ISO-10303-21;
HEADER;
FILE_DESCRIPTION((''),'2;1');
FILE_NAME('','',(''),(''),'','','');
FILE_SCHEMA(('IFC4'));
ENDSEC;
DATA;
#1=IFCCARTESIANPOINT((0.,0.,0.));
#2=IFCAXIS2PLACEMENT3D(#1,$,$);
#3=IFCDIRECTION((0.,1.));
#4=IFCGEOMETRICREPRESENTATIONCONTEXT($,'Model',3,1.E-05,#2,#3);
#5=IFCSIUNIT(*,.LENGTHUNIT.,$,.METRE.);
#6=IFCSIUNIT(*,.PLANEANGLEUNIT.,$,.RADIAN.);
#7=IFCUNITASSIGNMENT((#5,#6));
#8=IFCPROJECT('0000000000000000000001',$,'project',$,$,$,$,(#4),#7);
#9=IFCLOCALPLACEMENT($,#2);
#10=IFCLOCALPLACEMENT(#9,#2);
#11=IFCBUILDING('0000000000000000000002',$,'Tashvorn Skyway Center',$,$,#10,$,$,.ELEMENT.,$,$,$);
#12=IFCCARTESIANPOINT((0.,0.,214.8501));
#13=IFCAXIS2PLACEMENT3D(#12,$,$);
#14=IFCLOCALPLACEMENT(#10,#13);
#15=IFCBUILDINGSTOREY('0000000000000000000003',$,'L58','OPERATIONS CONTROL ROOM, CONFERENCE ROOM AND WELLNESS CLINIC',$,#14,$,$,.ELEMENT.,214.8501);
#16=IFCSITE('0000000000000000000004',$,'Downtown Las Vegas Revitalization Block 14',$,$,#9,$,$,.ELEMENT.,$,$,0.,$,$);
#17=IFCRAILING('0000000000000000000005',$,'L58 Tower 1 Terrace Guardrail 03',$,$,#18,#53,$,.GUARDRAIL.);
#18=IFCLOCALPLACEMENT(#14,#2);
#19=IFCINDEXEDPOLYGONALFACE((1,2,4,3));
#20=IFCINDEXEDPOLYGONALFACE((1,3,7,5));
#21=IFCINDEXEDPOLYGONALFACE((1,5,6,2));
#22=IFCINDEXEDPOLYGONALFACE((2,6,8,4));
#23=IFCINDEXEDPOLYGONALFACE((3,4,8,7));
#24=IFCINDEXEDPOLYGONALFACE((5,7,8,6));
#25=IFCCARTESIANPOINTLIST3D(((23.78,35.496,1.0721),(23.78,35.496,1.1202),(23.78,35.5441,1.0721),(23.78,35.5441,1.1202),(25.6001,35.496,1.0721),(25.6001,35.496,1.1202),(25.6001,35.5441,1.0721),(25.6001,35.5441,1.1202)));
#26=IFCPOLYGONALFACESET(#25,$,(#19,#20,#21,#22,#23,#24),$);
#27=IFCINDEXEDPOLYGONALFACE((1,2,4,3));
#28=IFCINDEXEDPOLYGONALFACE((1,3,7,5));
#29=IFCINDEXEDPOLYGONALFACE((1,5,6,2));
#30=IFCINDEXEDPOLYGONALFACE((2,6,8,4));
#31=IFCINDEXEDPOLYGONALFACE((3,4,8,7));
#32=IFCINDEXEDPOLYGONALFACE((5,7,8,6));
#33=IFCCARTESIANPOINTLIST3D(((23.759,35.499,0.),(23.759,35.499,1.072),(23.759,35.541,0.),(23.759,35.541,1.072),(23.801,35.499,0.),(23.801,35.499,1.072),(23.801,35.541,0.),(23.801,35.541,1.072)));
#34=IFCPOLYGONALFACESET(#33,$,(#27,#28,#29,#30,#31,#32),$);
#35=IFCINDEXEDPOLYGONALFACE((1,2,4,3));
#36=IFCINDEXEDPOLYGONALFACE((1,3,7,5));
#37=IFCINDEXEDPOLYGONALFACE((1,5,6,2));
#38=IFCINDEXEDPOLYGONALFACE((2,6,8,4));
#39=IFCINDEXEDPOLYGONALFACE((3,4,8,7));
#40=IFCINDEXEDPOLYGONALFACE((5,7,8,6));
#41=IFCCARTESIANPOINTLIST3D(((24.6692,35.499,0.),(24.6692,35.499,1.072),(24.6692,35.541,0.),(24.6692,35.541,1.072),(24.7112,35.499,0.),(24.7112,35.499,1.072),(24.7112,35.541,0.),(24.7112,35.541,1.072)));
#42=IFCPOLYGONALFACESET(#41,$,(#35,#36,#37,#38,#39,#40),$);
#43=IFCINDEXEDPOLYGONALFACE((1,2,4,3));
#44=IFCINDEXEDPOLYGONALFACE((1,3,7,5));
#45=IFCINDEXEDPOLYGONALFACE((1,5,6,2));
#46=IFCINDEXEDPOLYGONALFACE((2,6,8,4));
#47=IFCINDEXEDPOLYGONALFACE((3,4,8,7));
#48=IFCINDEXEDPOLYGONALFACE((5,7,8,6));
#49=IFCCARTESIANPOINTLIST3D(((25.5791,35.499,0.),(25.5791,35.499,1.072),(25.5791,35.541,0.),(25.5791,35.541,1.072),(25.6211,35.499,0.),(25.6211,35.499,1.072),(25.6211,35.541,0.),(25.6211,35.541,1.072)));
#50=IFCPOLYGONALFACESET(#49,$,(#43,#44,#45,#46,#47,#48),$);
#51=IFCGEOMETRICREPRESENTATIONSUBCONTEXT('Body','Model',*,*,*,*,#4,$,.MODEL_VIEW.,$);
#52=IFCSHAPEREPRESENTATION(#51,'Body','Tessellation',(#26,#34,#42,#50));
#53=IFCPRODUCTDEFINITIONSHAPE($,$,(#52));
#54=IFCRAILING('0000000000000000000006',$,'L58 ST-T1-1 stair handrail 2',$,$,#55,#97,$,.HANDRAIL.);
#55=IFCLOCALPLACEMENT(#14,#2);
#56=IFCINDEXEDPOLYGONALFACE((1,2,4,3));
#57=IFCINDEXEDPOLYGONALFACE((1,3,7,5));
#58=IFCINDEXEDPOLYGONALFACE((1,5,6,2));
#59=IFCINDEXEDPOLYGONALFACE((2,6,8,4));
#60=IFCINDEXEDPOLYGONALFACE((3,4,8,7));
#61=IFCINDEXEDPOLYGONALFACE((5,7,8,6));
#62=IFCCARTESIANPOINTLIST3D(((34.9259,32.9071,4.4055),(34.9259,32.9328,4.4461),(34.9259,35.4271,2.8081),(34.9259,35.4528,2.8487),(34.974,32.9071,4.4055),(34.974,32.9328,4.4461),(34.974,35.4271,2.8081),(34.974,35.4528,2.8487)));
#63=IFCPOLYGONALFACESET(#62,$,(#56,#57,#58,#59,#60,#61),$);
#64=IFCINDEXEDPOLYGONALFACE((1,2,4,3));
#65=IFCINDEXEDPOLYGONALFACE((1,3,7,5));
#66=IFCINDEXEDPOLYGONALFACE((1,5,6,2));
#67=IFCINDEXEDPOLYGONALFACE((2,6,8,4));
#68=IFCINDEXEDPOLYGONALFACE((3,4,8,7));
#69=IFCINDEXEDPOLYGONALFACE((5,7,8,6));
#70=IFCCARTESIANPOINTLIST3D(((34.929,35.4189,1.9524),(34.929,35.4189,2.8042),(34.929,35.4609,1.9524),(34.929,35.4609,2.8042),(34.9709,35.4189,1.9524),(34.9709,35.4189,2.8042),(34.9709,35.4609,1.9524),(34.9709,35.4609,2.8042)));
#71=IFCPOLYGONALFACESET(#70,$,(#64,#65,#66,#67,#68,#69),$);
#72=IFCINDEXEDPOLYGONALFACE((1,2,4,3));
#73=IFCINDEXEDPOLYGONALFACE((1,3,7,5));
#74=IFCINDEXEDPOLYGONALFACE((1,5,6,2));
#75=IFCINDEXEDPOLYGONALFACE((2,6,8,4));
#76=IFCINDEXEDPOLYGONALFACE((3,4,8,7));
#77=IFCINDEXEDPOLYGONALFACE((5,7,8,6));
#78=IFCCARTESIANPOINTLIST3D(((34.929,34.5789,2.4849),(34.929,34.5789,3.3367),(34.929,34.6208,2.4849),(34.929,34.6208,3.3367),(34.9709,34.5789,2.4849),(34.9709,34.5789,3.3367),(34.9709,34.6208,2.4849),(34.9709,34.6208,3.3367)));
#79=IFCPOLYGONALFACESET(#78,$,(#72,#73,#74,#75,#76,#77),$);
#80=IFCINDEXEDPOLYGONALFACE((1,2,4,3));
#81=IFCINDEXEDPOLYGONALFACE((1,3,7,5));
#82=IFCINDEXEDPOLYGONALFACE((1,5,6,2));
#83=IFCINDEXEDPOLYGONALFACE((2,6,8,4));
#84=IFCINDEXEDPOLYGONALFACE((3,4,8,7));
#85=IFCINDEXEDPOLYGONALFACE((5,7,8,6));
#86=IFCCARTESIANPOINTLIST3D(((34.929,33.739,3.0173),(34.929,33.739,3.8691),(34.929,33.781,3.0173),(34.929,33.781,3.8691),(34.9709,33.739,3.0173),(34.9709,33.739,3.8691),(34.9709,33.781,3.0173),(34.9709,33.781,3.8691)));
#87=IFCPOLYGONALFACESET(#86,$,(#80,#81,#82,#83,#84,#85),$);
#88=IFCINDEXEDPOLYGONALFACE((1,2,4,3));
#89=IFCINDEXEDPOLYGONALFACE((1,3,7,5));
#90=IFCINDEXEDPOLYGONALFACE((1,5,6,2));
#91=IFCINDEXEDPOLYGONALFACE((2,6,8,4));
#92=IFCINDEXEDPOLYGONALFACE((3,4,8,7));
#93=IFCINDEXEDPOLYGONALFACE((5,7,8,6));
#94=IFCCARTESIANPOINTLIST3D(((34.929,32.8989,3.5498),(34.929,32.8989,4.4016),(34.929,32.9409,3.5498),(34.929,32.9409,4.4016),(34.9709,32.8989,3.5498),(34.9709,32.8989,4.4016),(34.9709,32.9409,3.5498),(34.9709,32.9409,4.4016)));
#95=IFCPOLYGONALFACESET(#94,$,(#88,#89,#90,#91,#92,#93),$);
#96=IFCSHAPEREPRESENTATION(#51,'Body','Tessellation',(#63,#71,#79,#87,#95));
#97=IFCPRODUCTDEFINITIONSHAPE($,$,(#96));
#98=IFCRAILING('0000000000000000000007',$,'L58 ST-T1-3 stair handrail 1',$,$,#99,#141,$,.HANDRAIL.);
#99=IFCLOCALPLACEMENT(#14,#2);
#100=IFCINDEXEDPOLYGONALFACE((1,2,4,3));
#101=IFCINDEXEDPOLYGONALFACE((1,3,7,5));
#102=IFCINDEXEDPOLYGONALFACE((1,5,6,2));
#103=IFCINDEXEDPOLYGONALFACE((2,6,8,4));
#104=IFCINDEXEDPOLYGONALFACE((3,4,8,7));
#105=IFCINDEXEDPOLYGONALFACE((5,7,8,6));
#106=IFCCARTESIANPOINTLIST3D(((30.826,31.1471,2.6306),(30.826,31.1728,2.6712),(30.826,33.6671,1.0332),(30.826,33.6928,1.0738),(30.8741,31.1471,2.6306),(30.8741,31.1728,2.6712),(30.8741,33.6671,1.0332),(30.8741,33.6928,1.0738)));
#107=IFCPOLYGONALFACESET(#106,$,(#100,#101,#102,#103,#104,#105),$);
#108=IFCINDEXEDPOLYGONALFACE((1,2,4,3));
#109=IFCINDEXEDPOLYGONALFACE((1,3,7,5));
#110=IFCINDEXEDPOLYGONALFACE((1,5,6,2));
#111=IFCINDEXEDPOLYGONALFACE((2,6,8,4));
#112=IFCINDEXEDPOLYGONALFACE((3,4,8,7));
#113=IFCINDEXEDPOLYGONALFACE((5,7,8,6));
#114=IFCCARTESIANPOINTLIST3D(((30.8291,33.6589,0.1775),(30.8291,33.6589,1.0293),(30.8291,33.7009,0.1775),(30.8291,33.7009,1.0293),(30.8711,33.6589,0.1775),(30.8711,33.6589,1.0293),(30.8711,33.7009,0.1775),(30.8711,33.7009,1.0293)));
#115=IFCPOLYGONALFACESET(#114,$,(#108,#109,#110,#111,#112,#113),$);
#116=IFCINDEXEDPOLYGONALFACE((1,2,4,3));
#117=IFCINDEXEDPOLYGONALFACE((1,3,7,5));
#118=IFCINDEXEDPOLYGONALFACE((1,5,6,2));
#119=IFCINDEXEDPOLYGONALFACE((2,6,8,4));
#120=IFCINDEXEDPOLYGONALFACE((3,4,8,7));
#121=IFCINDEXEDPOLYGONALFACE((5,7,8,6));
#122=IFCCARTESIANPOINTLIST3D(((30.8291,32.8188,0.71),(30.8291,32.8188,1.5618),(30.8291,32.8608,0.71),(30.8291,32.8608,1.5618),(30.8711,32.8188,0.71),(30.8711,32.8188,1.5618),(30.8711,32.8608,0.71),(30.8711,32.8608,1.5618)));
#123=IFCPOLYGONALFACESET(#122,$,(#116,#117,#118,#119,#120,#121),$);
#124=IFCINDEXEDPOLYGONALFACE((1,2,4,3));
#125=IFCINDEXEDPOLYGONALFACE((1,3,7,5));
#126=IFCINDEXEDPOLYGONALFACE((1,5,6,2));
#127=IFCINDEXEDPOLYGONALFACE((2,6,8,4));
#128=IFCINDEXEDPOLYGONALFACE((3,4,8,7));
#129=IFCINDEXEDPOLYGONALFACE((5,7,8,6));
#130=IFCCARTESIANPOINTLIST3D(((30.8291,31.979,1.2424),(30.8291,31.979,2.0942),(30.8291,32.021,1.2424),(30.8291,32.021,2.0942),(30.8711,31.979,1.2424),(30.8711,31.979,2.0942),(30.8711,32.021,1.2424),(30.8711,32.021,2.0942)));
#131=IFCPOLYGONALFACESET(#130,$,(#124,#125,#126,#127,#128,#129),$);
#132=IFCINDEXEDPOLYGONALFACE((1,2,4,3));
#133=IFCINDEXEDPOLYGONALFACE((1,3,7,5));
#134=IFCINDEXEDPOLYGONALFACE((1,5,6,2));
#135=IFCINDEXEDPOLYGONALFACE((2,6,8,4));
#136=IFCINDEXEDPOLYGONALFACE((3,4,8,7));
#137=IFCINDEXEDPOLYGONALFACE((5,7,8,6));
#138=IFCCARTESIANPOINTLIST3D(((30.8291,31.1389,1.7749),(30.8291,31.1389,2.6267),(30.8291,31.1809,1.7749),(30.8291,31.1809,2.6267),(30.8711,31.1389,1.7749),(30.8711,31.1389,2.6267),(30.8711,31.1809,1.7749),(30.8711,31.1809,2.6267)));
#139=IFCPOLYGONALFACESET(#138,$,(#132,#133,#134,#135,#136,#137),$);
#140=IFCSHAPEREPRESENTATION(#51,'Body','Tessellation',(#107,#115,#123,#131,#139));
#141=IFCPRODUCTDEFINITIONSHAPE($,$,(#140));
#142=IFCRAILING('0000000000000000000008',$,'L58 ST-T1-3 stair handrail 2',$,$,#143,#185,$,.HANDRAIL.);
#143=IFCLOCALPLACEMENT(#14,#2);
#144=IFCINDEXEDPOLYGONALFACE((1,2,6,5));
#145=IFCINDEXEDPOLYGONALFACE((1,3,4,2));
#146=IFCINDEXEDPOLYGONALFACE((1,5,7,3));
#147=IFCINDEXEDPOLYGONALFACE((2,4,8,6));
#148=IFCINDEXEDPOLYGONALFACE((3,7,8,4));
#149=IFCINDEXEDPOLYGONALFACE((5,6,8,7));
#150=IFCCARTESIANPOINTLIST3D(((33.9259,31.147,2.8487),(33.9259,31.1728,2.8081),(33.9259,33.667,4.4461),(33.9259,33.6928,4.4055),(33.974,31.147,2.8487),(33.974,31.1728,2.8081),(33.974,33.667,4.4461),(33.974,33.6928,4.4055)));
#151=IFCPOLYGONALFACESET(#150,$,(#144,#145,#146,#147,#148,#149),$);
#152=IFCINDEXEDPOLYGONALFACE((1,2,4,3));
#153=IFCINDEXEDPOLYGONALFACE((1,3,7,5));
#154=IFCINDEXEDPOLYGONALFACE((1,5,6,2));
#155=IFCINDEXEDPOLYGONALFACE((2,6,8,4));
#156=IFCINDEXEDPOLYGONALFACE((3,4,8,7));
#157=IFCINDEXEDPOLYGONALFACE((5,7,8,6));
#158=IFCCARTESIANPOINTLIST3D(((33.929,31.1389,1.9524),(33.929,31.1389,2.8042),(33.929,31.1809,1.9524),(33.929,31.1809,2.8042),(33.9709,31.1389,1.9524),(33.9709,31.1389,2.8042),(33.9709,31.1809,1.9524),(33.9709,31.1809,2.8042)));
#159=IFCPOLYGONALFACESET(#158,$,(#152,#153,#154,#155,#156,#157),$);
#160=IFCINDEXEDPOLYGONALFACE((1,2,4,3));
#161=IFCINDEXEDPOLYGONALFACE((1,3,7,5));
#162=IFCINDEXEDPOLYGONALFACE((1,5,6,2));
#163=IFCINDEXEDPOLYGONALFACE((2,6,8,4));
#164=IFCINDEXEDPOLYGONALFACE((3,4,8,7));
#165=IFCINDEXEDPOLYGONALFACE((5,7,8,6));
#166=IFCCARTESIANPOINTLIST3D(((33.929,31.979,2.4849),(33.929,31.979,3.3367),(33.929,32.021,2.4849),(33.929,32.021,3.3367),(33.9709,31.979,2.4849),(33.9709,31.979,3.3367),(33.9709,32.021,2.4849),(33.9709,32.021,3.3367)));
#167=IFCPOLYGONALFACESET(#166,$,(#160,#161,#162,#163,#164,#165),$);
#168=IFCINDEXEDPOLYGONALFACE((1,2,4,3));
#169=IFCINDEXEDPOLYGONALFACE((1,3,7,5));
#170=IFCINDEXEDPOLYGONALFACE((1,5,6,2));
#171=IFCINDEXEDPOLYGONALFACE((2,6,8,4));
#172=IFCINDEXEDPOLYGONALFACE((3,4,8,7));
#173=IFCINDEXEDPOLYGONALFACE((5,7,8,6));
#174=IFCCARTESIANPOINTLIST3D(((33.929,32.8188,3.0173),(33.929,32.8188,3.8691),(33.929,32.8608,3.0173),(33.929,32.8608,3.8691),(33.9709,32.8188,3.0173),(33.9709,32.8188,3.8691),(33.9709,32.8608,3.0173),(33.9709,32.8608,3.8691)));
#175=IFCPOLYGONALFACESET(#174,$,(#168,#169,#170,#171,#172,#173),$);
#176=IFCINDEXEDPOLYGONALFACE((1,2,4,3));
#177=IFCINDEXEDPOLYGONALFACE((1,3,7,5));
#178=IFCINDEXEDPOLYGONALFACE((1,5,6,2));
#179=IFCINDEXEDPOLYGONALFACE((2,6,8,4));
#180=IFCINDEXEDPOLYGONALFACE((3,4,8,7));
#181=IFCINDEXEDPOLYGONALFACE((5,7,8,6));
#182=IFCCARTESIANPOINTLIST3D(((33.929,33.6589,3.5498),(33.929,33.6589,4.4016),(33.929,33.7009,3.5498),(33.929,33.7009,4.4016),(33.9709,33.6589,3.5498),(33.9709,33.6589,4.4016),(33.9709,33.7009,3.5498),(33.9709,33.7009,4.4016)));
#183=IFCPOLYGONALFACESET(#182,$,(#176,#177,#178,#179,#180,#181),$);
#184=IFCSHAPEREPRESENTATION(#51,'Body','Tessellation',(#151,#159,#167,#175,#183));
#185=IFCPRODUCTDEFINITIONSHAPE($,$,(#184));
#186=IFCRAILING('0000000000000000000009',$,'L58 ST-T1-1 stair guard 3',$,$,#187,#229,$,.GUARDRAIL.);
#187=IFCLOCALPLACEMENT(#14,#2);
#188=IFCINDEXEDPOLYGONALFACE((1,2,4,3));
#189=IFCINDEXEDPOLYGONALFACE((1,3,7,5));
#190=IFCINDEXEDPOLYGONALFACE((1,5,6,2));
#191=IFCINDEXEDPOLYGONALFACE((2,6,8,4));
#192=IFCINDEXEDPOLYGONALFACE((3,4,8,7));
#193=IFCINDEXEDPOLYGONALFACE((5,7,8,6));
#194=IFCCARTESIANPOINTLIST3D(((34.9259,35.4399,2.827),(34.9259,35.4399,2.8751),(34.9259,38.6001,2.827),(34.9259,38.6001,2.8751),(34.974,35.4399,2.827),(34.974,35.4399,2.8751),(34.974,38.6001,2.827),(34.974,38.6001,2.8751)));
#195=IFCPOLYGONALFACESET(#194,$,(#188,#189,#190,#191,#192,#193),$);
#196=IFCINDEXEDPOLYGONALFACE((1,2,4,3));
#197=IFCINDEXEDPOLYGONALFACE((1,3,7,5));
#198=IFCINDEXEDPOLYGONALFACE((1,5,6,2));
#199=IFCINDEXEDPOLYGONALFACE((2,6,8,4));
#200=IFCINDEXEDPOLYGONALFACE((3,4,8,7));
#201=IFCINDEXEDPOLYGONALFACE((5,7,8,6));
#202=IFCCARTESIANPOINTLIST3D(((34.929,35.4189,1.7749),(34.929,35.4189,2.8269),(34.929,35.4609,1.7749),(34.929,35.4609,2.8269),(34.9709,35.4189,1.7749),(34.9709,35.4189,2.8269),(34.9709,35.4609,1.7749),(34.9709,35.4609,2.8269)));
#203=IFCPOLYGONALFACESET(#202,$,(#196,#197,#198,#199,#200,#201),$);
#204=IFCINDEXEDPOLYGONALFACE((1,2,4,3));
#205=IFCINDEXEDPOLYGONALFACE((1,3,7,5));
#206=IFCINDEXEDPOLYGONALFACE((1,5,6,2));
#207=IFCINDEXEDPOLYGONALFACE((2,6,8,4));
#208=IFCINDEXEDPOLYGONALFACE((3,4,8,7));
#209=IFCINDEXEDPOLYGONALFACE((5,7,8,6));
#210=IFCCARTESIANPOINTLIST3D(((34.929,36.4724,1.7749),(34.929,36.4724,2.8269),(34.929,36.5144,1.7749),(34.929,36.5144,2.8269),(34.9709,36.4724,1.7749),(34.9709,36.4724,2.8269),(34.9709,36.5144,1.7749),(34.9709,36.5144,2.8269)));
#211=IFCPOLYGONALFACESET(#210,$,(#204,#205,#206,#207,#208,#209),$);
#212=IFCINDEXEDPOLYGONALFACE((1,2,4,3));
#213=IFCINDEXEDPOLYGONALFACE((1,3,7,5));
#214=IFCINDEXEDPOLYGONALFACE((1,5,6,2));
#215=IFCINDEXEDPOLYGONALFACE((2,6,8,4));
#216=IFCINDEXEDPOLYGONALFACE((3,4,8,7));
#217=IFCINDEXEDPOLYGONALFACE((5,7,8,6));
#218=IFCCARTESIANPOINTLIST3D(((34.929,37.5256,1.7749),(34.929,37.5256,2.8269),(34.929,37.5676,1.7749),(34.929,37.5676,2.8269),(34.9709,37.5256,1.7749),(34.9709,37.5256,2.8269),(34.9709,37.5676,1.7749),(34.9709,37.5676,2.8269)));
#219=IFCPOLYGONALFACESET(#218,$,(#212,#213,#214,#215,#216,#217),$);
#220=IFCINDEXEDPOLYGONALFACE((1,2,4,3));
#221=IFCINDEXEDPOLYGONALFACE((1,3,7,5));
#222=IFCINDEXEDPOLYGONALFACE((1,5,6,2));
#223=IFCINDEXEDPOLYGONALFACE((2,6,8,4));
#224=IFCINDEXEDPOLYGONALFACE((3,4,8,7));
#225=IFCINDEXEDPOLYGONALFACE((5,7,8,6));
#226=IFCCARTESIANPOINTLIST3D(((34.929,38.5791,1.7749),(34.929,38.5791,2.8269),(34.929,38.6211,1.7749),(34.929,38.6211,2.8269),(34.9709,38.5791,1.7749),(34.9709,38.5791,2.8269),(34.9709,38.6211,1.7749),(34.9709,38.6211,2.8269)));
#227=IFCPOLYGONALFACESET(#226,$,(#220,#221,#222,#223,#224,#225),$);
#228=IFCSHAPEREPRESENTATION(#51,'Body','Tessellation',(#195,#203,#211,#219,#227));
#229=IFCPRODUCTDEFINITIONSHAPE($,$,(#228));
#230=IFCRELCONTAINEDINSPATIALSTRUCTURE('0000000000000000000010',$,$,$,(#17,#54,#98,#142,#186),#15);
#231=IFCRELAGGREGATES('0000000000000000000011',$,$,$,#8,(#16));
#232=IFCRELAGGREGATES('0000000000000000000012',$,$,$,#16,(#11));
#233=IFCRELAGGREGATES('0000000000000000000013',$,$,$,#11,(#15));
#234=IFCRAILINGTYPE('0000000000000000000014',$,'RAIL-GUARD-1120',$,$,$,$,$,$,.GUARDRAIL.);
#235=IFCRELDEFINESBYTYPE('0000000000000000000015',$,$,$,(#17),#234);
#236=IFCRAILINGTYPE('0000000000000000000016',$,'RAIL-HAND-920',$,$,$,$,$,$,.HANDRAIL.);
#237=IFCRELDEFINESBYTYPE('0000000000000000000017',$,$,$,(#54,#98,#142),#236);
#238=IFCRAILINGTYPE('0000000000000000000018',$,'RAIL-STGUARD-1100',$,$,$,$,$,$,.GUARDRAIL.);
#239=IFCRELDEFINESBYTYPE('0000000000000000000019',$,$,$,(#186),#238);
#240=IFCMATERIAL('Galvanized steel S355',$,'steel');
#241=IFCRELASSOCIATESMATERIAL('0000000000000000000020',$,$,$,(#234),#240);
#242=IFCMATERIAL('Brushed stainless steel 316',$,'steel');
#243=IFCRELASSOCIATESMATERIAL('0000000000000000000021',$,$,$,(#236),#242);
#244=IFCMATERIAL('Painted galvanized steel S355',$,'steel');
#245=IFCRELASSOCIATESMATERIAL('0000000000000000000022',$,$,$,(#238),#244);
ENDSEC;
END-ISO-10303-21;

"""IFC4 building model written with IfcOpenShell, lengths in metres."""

from ifc_helpers import new_model, si_unit, direction, frame, origin, origin_2d, place, context, subcontext, project, spatial, rectangle, extrude, material, type_object, element, save


model = new_model("IFC4")

# Units and contexts
model_context = context("Model", 3, precision=1e-05, world=origin(), true_north=direction((0.0, 1.0)))
body_context = subcontext(model_context, "Body", "Model", "MODEL_VIEW")
ifc_project = project(units=[si_unit("LENGTHUNIT", "METRE"), si_unit("PLANEANGLEUNIT", "RADIAN")], contexts=[model_context])

# Site, building, storey
site_placement = place(None, origin())
site = spatial("IfcSite", under=ifc_project, at=site_placement, Name="Downtown Las Vegas Revitalization Block 14", CompositionType="ELEMENT", RefElevation=0.0)
building_placement = place(site_placement, origin())
building = spatial("IfcBuilding", under=site, at=building_placement, Name="Tashvorn Skyway Center", CompositionType="ELEMENT")
storey_placement = place(building_placement, frame((0.0, 0.0, 214.8501)))
storey = spatial("IfcBuildingStorey", under=building, at=storey_placement, Name="L58", Description="OPERATIONS CONTROL ROOM, CONFERENCE ROOM AND WELLNESS CLINIC", CompositionType="ELEMENT", Elevation=214.8501)

# Railings
ifc_material_1 = material(Name="Galvanized steel S355", Category="steel")
railing_type_1 = type_object("IfcRailingType", Name="RAIL-GUARD-1120", PredefinedType="GUARDRAIL", material=ifc_material_1)
railing_1_placement = place(storey_placement, frame((23.78, 35.52, 0.0)))
element("IfcRailing", 1, at=railing_1_placement, inside=storey, type_object=railing_type_1, Name="L58 Tower 1 Terrace Guardrail 03", PredefinedType="GUARDRAIL", context=body_context, shape_type="SweptSolid", body=[
    extrude(rectangle(XDim=0.0481, YDim=0.0481, at=origin_2d()), frame((0.0, 0.0, 1.0962), z_axis=(1.0, 0.0, 0.0), x_axis=(0.0, 1.0, 0.0)), (0.0, 0.0, 1.0), 1.8201),
    extrude(rectangle(XDim=0.042, YDim=0.042, at=origin_2d()), origin(), (0.0, 0.0, 1.0), 1.072),
    extrude(rectangle(XDim=0.042, YDim=0.042, at=origin_2d()), frame((0.9102, 0.0, 0.0)), (0.0, 0.0, 1.0), 1.072),
    extrude(rectangle(XDim=0.042, YDim=0.042, at=origin_2d()), frame((1.8201, 0.0, 0.0)), (0.0, 0.0, 1.0), 1.072),
])
ifc_material_2 = material(Name="Brushed stainless steel 316", Category="steel")
railing_type_2 = type_object("IfcRailingType", Name="RAIL-HAND-920", PredefinedType="HANDRAIL", material=ifc_material_2)
for number, where, name in (
    (2, (34.95, 35.4399, 1.9524), "L58 ST-T1-1 stair handrail 2"),
    (3, (30.8501, 33.6799, 0.1775), "L58 ST-T1-3 stair handrail 1"),
):
    element("IfcRailing", number, at=place(storey_placement, frame(where)), inside=storey, type_object=railing_type_2, Name=name, PredefinedType="HANDRAIL", context=body_context, shape_type="SweptSolid", body=[
        extrude(rectangle(XDim=0.0481, YDim=0.0481, at=origin_2d()), frame((0.0, 0.0, 0.876), z_axis=(0.0, -0.844607, 0.535387), x_axis=(1.0, 0.0, 0.0)), (0.0, 0.0, 1.0), 2.9836),
        extrude(rectangle(XDim=0.042, YDim=0.042, at=origin_2d()), origin(), (0.0, 0.0, 1.0), 0.8518),
        extrude(rectangle(XDim=0.042, YDim=0.042, at=origin_2d()), frame((0.0, -0.8401, 0.5325)), (0.0, 0.0, 1.0), 0.8518),
        extrude(rectangle(XDim=0.042, YDim=0.042, at=origin_2d()), frame((0.0, -1.6799, 1.0649)), (0.0, 0.0, 1.0), 0.8518),
        extrude(rectangle(XDim=0.042, YDim=0.042, at=origin_2d()), frame((0.0, -2.52, 1.5974)), (0.0, 0.0, 1.0), 0.8518),
    ])
railing_2_placement = place(storey_placement, frame((33.95, 31.1599, 1.9524)))
element("IfcRailing", 4, at=railing_2_placement, inside=storey, type_object=railing_type_2, Name="L58 ST-T1-3 stair handrail 2", PredefinedType="HANDRAIL", context=body_context, shape_type="SweptSolid", body=[
    extrude(rectangle(XDim=0.0481, YDim=0.0481, at=origin_2d()), frame((0.0, 0.0, 0.876), z_axis=(0.0, 0.844607, 0.535387), x_axis=(-1.0, 0.0, 0.0)), (0.0, 0.0, 1.0), 2.9836),
    extrude(rectangle(XDim=0.042, YDim=0.042, at=origin_2d()), origin(), (0.0, 0.0, 1.0), 0.8518),
    extrude(rectangle(XDim=0.042, YDim=0.042, at=origin_2d()), frame((0.0, 0.8401, 0.5325)), (0.0, 0.0, 1.0), 0.8518),
    extrude(rectangle(XDim=0.042, YDim=0.042, at=origin_2d()), frame((0.0, 1.6799, 1.0649)), (0.0, 0.0, 1.0), 0.8518),
    extrude(rectangle(XDim=0.042, YDim=0.042, at=origin_2d()), frame((0.0, 2.52, 1.5974)), (0.0, 0.0, 1.0), 0.8518),
])
ifc_material_3 = material(Name="Painted galvanized steel S355", Category="steel")
railing_type_3 = type_object("IfcRailingType", Name="RAIL-STGUARD-1100", PredefinedType="GUARDRAIL", material=ifc_material_3)
railing_3_placement = place(storey_placement, frame((34.95, 35.4399, 1.7749)))
element("IfcRailing", 5, at=railing_3_placement, inside=storey, type_object=railing_type_3, Name="L58 ST-T1-1 stair guard 3", PredefinedType="GUARDRAIL", context=body_context, shape_type="SweptSolid", body=[
    extrude(rectangle(XDim=0.0481, YDim=0.0481, at=origin_2d()), frame((0.0, 0.0, 1.0762), z_axis=(0.0, 1.0, 0.0), x_axis=(-1.0, 0.0, 0.0)), (0.0, 0.0, 1.0), 3.1602),
    extrude(rectangle(XDim=0.042, YDim=0.042, at=origin_2d()), origin(), (0.0, 0.0, 1.0), 1.052),
    extrude(rectangle(XDim=0.042, YDim=0.042, at=origin_2d()), frame((0.0, 1.0535, 0.0)), (0.0, 0.0, 1.0), 1.052),
    extrude(rectangle(XDim=0.042, YDim=0.042, at=origin_2d()), frame((0.0, 2.1067, 0.0)), (0.0, 0.0, 1.0), 1.052),
    extrude(rectangle(XDim=0.042, YDim=0.042, at=origin_2d()), frame((0.0, 3.1602, 0.0)), (0.0, 0.0, 1.0), 1.052),
])

save(model, "model.ifc")
